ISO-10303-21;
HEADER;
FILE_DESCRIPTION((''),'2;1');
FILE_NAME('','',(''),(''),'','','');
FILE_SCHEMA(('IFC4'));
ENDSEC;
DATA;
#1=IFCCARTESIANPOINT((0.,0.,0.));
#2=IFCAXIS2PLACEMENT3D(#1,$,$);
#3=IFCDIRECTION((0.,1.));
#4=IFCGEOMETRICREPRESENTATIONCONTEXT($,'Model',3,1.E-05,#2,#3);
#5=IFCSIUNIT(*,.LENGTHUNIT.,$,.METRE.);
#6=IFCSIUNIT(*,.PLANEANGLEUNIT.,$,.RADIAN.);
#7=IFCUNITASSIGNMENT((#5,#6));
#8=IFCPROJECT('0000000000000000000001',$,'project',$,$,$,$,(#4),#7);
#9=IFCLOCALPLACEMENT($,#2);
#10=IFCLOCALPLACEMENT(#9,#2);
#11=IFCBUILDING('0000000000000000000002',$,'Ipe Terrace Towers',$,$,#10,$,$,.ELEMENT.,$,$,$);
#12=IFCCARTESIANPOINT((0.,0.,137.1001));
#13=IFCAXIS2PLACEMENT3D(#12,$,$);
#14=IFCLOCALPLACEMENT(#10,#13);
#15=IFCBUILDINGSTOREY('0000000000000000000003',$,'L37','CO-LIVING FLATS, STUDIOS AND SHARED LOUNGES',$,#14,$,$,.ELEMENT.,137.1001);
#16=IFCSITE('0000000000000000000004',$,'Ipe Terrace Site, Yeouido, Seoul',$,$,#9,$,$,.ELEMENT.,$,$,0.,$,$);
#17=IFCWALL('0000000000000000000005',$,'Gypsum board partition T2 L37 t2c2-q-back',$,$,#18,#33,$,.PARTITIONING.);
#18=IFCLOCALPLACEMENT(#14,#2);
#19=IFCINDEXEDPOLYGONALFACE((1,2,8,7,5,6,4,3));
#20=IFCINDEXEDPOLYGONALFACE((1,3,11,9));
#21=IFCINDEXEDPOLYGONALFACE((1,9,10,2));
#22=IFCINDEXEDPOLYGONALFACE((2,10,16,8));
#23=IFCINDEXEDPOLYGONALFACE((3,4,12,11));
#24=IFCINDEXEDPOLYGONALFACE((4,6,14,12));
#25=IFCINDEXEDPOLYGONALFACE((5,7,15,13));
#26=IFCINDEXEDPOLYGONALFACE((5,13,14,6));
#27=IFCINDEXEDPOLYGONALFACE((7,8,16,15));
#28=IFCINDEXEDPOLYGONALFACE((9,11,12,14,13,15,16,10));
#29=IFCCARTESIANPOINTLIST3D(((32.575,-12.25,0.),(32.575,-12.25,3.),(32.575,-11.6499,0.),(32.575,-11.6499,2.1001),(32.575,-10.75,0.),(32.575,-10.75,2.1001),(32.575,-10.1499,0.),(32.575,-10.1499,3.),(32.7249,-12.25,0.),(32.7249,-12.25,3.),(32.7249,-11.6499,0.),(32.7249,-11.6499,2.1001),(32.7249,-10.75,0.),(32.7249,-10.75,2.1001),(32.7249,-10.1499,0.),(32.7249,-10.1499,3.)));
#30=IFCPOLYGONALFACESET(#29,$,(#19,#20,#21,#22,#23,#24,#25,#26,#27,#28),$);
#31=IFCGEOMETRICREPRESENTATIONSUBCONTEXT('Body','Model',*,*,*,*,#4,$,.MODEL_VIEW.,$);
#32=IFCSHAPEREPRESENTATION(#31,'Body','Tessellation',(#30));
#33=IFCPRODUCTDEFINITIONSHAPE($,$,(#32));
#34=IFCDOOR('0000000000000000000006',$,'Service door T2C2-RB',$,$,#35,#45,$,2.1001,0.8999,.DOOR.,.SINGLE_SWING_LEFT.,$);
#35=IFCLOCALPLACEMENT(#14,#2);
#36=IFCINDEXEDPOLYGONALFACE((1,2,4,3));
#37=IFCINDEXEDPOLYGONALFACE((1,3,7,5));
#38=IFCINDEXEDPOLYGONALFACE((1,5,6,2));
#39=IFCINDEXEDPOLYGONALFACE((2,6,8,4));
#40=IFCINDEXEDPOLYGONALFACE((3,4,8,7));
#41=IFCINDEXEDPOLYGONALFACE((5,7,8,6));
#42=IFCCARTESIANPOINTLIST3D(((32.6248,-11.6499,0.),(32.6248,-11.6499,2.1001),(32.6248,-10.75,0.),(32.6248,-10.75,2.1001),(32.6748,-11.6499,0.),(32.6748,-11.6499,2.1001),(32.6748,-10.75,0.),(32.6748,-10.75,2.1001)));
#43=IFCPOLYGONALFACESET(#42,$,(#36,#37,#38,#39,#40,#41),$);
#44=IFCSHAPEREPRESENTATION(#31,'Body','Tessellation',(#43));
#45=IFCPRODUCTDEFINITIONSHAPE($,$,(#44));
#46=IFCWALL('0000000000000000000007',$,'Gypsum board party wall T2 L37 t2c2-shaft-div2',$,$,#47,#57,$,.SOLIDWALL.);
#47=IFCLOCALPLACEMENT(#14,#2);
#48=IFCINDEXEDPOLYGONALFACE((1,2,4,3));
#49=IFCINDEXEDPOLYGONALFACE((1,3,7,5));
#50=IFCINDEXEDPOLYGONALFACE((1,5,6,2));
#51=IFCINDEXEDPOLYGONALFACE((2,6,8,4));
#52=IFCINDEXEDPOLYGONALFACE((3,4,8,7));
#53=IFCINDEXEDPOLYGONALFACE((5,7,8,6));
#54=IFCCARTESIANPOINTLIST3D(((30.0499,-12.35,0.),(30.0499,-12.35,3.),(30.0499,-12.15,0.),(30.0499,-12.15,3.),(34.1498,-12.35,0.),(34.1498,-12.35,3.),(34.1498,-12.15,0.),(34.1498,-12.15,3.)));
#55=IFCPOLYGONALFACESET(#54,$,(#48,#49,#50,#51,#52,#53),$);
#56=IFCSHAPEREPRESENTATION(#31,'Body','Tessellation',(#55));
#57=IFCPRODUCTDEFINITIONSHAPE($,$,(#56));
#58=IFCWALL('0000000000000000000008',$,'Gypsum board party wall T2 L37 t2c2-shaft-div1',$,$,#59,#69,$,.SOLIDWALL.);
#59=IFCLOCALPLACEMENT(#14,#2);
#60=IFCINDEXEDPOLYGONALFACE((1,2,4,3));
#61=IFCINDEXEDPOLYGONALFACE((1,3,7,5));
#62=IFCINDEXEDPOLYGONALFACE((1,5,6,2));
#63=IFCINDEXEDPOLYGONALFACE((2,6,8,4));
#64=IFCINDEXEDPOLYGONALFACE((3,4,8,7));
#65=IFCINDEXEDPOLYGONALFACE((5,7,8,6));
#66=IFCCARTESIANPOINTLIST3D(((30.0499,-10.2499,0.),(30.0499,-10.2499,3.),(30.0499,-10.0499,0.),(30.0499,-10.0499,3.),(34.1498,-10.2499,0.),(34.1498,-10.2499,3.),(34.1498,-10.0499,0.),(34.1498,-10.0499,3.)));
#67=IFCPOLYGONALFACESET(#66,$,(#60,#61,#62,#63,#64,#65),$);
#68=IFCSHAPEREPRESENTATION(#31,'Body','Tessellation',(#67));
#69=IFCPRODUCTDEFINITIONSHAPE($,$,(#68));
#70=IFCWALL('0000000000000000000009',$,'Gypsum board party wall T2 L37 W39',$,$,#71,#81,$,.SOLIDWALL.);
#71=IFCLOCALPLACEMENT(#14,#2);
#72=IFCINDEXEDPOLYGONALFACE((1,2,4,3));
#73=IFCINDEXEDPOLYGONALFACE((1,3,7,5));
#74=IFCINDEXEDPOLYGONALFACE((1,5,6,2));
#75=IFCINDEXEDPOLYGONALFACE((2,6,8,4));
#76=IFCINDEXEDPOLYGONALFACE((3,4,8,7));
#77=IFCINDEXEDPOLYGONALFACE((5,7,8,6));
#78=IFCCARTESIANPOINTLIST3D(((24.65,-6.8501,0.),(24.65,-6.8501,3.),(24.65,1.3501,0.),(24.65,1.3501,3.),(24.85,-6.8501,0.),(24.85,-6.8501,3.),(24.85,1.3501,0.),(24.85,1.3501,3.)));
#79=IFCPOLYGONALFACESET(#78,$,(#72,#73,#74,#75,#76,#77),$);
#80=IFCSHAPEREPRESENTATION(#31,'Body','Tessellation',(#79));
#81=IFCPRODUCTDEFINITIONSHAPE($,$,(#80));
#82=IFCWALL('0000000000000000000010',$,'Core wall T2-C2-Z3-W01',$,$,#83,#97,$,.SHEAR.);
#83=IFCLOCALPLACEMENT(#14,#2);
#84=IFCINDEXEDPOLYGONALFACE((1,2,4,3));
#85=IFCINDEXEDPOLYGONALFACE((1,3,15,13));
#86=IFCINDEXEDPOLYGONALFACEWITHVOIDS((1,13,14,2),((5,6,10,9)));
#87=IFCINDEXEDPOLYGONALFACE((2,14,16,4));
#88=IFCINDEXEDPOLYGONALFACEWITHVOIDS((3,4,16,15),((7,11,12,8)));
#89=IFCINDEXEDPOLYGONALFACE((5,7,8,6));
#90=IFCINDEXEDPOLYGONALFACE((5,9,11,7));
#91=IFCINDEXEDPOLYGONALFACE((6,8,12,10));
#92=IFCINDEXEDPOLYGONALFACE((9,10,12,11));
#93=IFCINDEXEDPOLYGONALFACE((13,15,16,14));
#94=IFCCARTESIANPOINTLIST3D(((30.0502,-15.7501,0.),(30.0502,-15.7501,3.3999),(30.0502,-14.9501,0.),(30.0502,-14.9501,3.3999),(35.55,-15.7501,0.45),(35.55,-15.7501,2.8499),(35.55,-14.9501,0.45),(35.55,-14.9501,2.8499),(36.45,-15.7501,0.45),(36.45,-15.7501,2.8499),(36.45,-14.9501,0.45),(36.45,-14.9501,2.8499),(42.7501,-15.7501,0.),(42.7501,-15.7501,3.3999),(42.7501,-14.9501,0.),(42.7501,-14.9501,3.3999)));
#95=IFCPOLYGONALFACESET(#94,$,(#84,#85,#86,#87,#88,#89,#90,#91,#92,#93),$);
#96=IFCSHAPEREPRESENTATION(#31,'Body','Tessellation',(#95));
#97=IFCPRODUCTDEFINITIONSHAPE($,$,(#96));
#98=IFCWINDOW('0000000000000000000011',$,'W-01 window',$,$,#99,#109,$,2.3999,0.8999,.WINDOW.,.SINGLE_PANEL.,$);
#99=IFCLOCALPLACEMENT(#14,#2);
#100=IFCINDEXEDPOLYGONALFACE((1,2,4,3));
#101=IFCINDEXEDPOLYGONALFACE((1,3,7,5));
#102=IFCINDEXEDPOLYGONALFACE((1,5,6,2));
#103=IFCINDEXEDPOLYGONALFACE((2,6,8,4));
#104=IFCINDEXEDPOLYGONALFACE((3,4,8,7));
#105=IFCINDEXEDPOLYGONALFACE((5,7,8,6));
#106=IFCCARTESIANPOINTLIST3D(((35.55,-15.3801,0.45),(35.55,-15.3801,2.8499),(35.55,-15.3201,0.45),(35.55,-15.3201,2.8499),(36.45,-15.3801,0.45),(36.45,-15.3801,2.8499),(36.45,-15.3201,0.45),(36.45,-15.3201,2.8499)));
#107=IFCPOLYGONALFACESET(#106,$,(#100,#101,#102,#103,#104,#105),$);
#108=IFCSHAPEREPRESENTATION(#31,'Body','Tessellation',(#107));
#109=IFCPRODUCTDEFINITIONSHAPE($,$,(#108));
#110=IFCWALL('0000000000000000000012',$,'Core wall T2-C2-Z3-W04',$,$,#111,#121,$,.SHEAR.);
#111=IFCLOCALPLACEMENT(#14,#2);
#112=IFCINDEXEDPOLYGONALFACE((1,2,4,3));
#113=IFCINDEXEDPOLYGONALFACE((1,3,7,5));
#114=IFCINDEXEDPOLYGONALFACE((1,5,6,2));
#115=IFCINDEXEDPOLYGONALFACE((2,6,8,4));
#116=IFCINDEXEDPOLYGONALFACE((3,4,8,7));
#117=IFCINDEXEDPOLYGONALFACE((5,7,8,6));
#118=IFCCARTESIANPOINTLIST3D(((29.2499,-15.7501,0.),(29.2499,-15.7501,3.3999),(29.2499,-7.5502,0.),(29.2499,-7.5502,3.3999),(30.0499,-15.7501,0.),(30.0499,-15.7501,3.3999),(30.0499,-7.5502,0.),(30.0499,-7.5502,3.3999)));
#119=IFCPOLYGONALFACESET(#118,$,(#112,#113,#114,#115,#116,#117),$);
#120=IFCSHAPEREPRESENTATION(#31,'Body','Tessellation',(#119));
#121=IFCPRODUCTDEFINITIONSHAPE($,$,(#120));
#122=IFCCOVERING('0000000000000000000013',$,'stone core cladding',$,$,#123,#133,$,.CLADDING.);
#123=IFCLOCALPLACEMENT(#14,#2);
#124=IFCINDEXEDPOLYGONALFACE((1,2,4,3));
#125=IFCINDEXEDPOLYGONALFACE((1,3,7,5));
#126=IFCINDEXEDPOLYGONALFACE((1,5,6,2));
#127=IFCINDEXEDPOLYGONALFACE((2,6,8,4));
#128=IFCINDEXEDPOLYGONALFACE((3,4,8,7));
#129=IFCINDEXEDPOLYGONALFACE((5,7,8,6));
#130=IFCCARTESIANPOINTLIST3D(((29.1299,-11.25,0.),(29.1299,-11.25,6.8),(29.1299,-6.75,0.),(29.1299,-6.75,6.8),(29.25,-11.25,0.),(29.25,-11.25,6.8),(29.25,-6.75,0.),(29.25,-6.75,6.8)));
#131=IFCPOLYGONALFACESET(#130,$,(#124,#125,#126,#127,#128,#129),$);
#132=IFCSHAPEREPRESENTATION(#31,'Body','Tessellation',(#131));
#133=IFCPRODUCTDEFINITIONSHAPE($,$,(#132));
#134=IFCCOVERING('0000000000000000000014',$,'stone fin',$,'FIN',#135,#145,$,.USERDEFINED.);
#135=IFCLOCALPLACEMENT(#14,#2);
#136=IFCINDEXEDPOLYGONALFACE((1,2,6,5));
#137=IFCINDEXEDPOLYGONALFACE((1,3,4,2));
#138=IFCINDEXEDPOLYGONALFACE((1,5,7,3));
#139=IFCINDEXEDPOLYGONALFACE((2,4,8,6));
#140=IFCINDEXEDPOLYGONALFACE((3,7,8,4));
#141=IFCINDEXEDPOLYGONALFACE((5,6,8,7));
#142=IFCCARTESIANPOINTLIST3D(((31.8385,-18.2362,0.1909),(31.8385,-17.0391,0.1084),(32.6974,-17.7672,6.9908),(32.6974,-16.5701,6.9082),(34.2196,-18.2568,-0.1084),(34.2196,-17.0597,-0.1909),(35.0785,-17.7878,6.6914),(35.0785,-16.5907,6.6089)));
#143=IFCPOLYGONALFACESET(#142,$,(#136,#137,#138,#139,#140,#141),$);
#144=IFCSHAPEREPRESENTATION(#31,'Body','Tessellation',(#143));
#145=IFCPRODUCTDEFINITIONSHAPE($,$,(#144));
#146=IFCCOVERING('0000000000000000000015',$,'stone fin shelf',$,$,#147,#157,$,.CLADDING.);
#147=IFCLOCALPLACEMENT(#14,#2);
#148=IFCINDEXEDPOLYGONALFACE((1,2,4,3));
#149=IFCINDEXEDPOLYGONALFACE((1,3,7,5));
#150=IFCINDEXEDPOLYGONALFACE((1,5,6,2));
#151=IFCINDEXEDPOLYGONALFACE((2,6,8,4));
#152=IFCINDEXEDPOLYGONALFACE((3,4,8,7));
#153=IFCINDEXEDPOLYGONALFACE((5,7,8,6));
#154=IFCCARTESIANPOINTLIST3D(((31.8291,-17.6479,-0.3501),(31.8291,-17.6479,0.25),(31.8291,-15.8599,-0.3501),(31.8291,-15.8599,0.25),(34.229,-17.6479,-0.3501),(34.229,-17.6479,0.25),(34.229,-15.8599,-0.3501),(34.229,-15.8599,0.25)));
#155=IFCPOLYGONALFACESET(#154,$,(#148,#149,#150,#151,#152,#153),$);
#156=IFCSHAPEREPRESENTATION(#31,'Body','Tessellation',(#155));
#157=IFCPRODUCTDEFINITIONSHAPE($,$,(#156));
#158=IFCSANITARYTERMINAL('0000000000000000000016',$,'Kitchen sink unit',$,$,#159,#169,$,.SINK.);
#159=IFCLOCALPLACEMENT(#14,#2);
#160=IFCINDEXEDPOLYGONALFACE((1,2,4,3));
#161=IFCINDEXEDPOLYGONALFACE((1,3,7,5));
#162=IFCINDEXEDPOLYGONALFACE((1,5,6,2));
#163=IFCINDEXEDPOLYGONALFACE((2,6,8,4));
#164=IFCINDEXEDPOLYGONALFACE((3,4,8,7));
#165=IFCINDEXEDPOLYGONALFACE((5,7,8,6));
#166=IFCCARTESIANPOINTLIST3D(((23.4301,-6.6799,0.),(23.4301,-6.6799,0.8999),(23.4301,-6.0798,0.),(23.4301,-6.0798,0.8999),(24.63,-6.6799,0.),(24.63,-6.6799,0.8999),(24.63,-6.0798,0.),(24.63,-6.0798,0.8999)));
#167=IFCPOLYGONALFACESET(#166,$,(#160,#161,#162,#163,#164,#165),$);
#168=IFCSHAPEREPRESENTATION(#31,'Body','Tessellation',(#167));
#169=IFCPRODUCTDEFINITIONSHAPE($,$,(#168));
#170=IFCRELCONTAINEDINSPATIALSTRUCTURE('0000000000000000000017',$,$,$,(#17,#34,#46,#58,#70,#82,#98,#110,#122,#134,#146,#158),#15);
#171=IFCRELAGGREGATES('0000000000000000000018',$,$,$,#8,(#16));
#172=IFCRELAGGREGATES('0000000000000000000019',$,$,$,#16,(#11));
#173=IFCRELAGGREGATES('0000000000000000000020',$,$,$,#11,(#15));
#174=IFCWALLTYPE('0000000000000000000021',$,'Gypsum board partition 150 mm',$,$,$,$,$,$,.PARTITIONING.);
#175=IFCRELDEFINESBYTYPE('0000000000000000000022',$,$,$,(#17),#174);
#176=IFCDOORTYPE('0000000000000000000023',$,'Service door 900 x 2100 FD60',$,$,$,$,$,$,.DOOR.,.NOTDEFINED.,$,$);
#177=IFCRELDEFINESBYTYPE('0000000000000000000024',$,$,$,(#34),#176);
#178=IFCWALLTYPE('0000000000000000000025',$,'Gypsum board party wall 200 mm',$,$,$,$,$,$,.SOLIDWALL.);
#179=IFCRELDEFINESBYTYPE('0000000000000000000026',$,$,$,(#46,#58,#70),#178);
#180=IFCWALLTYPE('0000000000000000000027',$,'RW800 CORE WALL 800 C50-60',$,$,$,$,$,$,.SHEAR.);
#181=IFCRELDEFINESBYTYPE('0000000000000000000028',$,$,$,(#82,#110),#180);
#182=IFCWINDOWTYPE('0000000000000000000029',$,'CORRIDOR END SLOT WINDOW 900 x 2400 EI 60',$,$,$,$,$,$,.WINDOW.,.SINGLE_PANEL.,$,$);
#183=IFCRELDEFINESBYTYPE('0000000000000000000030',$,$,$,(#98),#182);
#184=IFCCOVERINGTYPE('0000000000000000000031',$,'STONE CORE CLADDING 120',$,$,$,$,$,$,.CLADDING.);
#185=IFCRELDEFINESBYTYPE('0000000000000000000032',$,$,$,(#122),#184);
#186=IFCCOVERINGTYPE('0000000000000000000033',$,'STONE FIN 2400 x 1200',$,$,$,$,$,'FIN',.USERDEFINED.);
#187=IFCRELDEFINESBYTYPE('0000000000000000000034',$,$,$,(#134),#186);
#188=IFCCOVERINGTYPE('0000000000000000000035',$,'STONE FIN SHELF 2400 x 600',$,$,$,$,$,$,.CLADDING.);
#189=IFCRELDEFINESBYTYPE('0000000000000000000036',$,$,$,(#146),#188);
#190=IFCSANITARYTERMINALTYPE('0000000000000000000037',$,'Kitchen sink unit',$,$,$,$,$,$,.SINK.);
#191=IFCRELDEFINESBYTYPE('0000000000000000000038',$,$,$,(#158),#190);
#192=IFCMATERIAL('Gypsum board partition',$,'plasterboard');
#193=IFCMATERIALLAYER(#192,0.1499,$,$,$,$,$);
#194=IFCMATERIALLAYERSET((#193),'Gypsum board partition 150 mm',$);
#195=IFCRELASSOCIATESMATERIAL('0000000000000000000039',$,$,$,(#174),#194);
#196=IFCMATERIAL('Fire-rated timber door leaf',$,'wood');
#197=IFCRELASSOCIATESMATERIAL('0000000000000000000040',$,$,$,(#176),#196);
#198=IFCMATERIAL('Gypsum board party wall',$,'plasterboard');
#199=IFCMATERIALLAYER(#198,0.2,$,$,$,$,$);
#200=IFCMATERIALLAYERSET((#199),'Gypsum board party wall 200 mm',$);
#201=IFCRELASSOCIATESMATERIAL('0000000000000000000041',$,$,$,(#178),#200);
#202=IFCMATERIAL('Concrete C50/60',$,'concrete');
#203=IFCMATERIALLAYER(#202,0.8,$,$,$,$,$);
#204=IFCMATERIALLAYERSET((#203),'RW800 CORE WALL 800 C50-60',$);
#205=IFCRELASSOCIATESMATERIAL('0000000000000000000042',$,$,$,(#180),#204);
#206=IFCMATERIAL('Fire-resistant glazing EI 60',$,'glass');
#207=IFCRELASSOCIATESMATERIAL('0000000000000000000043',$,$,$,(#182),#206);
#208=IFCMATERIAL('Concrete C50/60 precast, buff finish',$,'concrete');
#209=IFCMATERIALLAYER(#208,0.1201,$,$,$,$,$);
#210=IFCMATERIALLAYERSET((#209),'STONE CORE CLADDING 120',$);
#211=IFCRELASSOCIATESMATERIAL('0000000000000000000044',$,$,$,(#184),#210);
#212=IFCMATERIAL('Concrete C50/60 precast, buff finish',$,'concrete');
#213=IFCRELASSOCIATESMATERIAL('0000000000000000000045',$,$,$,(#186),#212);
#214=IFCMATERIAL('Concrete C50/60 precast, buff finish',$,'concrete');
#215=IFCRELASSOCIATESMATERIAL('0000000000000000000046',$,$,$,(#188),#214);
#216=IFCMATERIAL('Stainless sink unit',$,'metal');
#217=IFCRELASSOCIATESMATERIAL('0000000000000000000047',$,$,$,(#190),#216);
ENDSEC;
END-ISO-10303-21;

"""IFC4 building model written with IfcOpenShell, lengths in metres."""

from ifc_helpers import new_model, si_unit, direction, frame, frame_2d, origin, origin_2d, place, context, subcontext, project, spatial, rectangle, extrude, material, layer, layer_set, material_profile, profile_set, type_object, element, fill, save


model = new_model("IFC4")

# Units and contexts
model_context = context("Model", 3, precision=1e-05, world=origin(), true_north=direction((0.0, 1.0)))
body_context = subcontext(model_context, "Body", "Model", "MODEL_VIEW")
ifc_project = project(units=[si_unit("LENGTHUNIT", "METRE"), si_unit("PLANEANGLEUNIT", "RADIAN")], contexts=[model_context])

# Site, building, storey
site_placement = place(None, origin())
site = spatial("IfcSite", under=ifc_project, at=site_placement, Name="Ipe Terrace Site, Yeouido, Seoul", CompositionType="ELEMENT", RefElevation=0.0)
building_placement = place(site_placement, origin())
building = spatial("IfcBuilding", under=site, at=building_placement, Name="Ipe Terrace Towers", CompositionType="ELEMENT")
storey_placement = place(building_placement, frame((0.0, 0.0, 137.1001)))
storey = spatial("IfcBuildingStorey", under=building, at=storey_placement, Name="L37", Description="CO-LIVING FLATS, STUDIOS AND SHARED LOUNGES", CompositionType="ELEMENT", Elevation=137.1001)

# Wall, opening, door
ifc_material_1 = material(Name="Gypsum board partition", Category="plasterboard")
ifc_layer_1 = layer(ifc_material_1, 0.1499)
ifc_layer_set_1 = layer_set([ifc_layer_1], Name="Gypsum board partition 150 mm")
wall_type_1 = type_object("IfcWallType", Name="Gypsum board partition 150 mm", PredefinedType="PARTITIONING", material=ifc_layer_set_1)
wall_1_placement = place(storey_placement, frame((32.6499, -10.1499, 0.0), z_axis=(0.0, 0.0, 1.0), x_axis=(0.0, -1.0, 0.0)))
wall_1 = element("IfcWall", 1, at=wall_1_placement, inside=storey, type_object=wall_type_1, Name="Gypsum board partition T2 L37 t2c2-q-back", PredefinedType="PARTITIONING", context=body_context, shape_type="SweptSolid", body=[
    extrude(rectangle(XDim=2.1001, YDim=0.1499, at=frame_2d((1.05, 0.0))), origin(), (0.0, 0.0, 1.0), 3.0),
])
opening_1_placement = place(wall_1_placement, frame((0.6001, 0.0, 0.0)))
opening_1 = element("IfcOpeningElement", 2, at=opening_1_placement, cuts=wall_1, PredefinedType="OPENING", context=body_context, shape_type="SweptSolid", body=[
    extrude(rectangle(XDim=0.8999, YDim=2.1001, at=frame_2d((0.45, 1.05))), frame((0.0, 0.085, 0.0), z_axis=(0.0, -1.0, 0.0), x_axis=(1.0, 0.0, 0.0)), (0.0, 0.0, 1.0), 0.1699),
])
ifc_material_2 = material(Name="Fire-rated timber door leaf", Category="wood")
door_type_1 = type_object("IfcDoorType", Name="Service door 900 x 2100 FD60", OperationType="NOTDEFINED", PredefinedType="DOOR", material=ifc_material_2)
door_1_placement = place(opening_1_placement, origin())
door_1 = element("IfcDoor", 3, at=door_1_placement, inside=storey, type_object=door_type_1, Name="Service door T2C2-RB", OperationType="SINGLE_SWING_LEFT", OverallHeight=2.1001, OverallWidth=0.8999, PredefinedType="DOOR", context=body_context, shape_type="SweptSolid", body=[
    extrude(rectangle(XDim=0.8999, YDim=2.1001, at=frame_2d((0.45, 1.05))), frame((0.0, 0.0249, 0.0), z_axis=(0.0, -1.0, 0.0), x_axis=(1.0, 0.0, 0.0)), (0.0, 0.0, 1.0), 0.05),
])
fill(opening_1, door_1)

# Walls
ifc_material_3 = material(Name="Gypsum board party wall", Category="plasterboard")
ifc_layer_2 = layer(ifc_material_3, 0.2)
ifc_layer_set_2 = layer_set([ifc_layer_2], Name="Gypsum board party wall 200 mm")
wall_type_2 = type_object("IfcWallType", Name="Gypsum board party wall 200 mm", PredefinedType="SOLIDWALL", material=ifc_layer_set_2)
for number, where, z_axis, x_axis, name in (
    (4, (30.05, -12.25, 0.0), (0.0, 0.0, 1.0), (1.0, 0.0, 0.0), "Gypsum board party wall T2 L37 t2c2-shaft-div2"),
    (5, (30.05, -10.1499, 0.0), (0.0, 0.0, 1.0), (1.0, 0.0, 0.0), "Gypsum board party wall T2 L37 t2c2-shaft-div1"),
):
    element("IfcWall", number, at=place(storey_placement, frame(where, z_axis=z_axis, x_axis=x_axis)), inside=storey, type_object=wall_type_2, Name=name, PredefinedType="SOLIDWALL", context=body_context, shape_type="SweptSolid", body=[
        extrude(rectangle(XDim=4.0999, YDim=0.2, at=frame_2d((2.0498, 0.0))), origin(), (0.0, 0.0, 1.0), 3.0),
    ])
wall_2_placement = place(storey_placement, frame((24.75, -6.8501, 0.0), z_axis=(0.0, 0.0, 1.0), x_axis=(0.0, 1.0, 0.0)))
element("IfcWall", 6, at=wall_2_placement, inside=storey, type_object=wall_type_2, Name="Gypsum board party wall T2 L37 W39", PredefinedType="SOLIDWALL", context=body_context, shape_type="SweptSolid", body=[
    extrude(rectangle(XDim=8.2002, YDim=0.2, at=frame_2d((4.1001, 0.0))), origin(), (0.0, 0.0, 1.0), 3.0),
])

# Wall, opening, window
ifc_material_4 = material(Name="Concrete C50/60", Category="concrete")
ifc_layer_3 = layer(ifc_material_4, 0.8)
ifc_layer_set_3 = layer_set([ifc_layer_3], Name="RW800 CORE WALL 800 C50-60")
wall_type_3 = type_object("IfcWallType", Name="RW800 CORE WALL 800 C50-60", PredefinedType="SHEAR", material=ifc_layer_set_3)
wall_3_placement = place(storey_placement, frame((30.05, -15.3501, 0.0), z_axis=(0.0, 0.0, 1.0), x_axis=(1.0, 0.0, 0.0)))
wall_3 = element("IfcWall", 7, at=wall_3_placement, inside=storey, type_object=wall_type_3, Name="Core wall T2-C2-Z3-W01", PredefinedType="SHEAR", context=body_context, shape_type="SweptSolid", body=[
    extrude(rectangle(XDim=12.7, YDim=0.8, at=frame_2d((6.3501, 0.0))), origin(), (0.0, 0.0, 1.0), 3.3999),
])
opening_2_placement = place(wall_3_placement, frame((5.5, 0.0, 0.45)))
opening_2 = element("IfcOpeningElement", 8, at=opening_2_placement, cuts=wall_3, PredefinedType="OPENING", context=body_context, shape_type="SweptSolid", body=[
    extrude(rectangle(XDim=0.8999, YDim=2.3999, at=frame_2d((0.45, 1.2))), frame((0.0, 0.4102, 0.0), z_axis=(0.0, -1.0, 0.0), x_axis=(1.0, 0.0, 0.0)), (0.0, 0.0, 1.0), 0.8201),
])
ifc_material_5 = material(Name="Fire-resistant glazing EI 60", Category="glass")
window_type = type_object("IfcWindowType", Name="CORRIDOR END SLOT WINDOW 900 x 2400 EI 60", PartitioningType="SINGLE_PANEL", PredefinedType="WINDOW", material=ifc_material_5)
window_placement = place(opening_2_placement, origin())
window = element("IfcWindow", 9, at=window_placement, inside=storey, type_object=window_type, Name="W-01 window", OverallHeight=2.3999, OverallWidth=0.8999, PartitioningType="SINGLE_PANEL", PredefinedType="WINDOW", context=body_context, shape_type="SweptSolid", body=[
    extrude(rectangle(XDim=0.8999, YDim=2.3999, at=frame_2d((0.45, 1.2))), frame((0.0, 0.03, 0.0), z_axis=(0.0, -1.0, 0.0), x_axis=(1.0, 0.0, 0.0)), (0.0, 0.0, 1.0), 0.0601),
])
fill(opening_2, window)

# Wall
wall_4_placement = place(storey_placement, frame((29.6499, -7.55, 0.0), z_axis=(0.0, 0.0, 1.0), x_axis=(0.0, -1.0, 0.0)))
element("IfcWall", 10, at=wall_4_placement, inside=storey, type_object=wall_type_3, Name="Core wall T2-C2-Z3-W04", PredefinedType="SHEAR", context=body_context, shape_type="SweptSolid", body=[
    extrude(rectangle(XDim=8.2, YDim=0.8, at=frame_2d((4.1001, 0.0))), origin(), (0.0, 0.0, 1.0), 3.3999),
])

# Coverings
ifc_material_6 = material(Name="Concrete C50/60 precast, buff finish", Category="concrete")
ifc_layer_4 = layer(ifc_material_6, 0.1201)
ifc_layer_set_4 = layer_set([ifc_layer_4], Name="STONE CORE CLADDING 120")
covering_type_1 = type_object("IfcCoveringType", Name="STONE CORE CLADDING 120", PredefinedType="CLADDING", material=ifc_layer_set_4)
covering_1_placement = place(storey_placement, frame((29.1899, -9.0, 0.0), z_axis=(0.0, 0.0, 1.0), x_axis=(0.0, -1.0, 0.0)))
element("IfcCovering", 11, at=covering_1_placement, inside=storey, type_object=covering_type_1, Name="stone core cladding", PredefinedType="CLADDING", context=body_context, shape_type="SweptSolid", body=[
    extrude(rectangle(XDim=4.5, YDim=0.1201, at=origin_2d()), origin(), (0.0, 0.0, 1.0), 6.8),
])
ifc_material_7 = material(Name="Concrete C50/60 precast, buff finish", Category="concrete")
ifc_material_profile_1 = material_profile(ifc_material_7, rectangle(XDim=2.3999, YDim=1.2, at=origin_2d()), Name="STONE FIN 2400 x 1200")
ifc_profile_set_1 = profile_set([ifc_material_profile_1], Name="Concrete C50/60 precast, buff finish")
covering_type_2 = type_object("IfcCoveringType", Name="STONE FIN 2400 x 1200", ElementType="FIN", PredefinedType="USERDEFINED", material=ifc_profile_set_1)
covering_2_placement = place(storey_placement, frame((33.0291, -17.6479, 0.0), z_axis=(0.125022, 0.068268, 0.989802), x_axis=(0.992154, -0.008603, -0.124726)))
element("IfcCovering", 12, at=covering_2_placement, inside=storey, type_object=covering_type_2, Name="stone fin", ObjectType="FIN", PredefinedType="USERDEFINED", context=body_context, shape_type="SweptSolid", body=[
    extrude(rectangle(XDim=2.3999, YDim=1.2, at=origin_2d()), origin(), (0.0, 0.0, 1.0), 6.8699),
])
ifc_material_8 = material(Name="Concrete C50/60 precast, buff finish", Category="concrete")
covering_type_3 = type_object("IfcCoveringType", Name="STONE FIN SHELF 2400 x 600", PredefinedType="CLADDING", material=ifc_material_8)
covering_3_placement = place(storey_placement, frame((33.0291, -16.7539, -0.3501), z_axis=(0.0, 0.0, 1.0), x_axis=(1.0, 0.0, 0.0)))
element("IfcCovering", 13, at=covering_3_placement, inside=storey, type_object=covering_type_3, Name="stone fin shelf", PredefinedType="CLADDING", context=body_context, shape_type="SweptSolid", body=[
    extrude(rectangle(XDim=2.3999, YDim=1.7881, at=origin_2d()), origin(), (0.0, 0.0, 1.0), 0.6001),
])

# Sanitary terminal
ifc_material_9 = material(Name="Stainless sink unit", Category="metal")
sanitary_terminal_type_1 = type_object("IfcSanitaryTerminalType", Name="Kitchen sink unit", PredefinedType="SINK", material=ifc_material_9)
sanitary_terminal_1_placement = place(storey_placement, frame((24.03, -6.3799, 0.0), z_axis=(0.0, 0.0, 1.0), x_axis=(-1.0, 0.0, 0.0)))
element("IfcSanitaryTerminal", 14, at=sanitary_terminal_1_placement, inside=storey, type_object=sanitary_terminal_type_1, Name="Kitchen sink unit", PredefinedType="SINK", context=body_context, shape_type="SweptSolid", body=[
    extrude(rectangle(XDim=1.2, YDim=0.6001, at=origin_2d()), origin(), (0.0, 0.0, 1.0), 0.8999),
])

save(model, "model.ifc")
